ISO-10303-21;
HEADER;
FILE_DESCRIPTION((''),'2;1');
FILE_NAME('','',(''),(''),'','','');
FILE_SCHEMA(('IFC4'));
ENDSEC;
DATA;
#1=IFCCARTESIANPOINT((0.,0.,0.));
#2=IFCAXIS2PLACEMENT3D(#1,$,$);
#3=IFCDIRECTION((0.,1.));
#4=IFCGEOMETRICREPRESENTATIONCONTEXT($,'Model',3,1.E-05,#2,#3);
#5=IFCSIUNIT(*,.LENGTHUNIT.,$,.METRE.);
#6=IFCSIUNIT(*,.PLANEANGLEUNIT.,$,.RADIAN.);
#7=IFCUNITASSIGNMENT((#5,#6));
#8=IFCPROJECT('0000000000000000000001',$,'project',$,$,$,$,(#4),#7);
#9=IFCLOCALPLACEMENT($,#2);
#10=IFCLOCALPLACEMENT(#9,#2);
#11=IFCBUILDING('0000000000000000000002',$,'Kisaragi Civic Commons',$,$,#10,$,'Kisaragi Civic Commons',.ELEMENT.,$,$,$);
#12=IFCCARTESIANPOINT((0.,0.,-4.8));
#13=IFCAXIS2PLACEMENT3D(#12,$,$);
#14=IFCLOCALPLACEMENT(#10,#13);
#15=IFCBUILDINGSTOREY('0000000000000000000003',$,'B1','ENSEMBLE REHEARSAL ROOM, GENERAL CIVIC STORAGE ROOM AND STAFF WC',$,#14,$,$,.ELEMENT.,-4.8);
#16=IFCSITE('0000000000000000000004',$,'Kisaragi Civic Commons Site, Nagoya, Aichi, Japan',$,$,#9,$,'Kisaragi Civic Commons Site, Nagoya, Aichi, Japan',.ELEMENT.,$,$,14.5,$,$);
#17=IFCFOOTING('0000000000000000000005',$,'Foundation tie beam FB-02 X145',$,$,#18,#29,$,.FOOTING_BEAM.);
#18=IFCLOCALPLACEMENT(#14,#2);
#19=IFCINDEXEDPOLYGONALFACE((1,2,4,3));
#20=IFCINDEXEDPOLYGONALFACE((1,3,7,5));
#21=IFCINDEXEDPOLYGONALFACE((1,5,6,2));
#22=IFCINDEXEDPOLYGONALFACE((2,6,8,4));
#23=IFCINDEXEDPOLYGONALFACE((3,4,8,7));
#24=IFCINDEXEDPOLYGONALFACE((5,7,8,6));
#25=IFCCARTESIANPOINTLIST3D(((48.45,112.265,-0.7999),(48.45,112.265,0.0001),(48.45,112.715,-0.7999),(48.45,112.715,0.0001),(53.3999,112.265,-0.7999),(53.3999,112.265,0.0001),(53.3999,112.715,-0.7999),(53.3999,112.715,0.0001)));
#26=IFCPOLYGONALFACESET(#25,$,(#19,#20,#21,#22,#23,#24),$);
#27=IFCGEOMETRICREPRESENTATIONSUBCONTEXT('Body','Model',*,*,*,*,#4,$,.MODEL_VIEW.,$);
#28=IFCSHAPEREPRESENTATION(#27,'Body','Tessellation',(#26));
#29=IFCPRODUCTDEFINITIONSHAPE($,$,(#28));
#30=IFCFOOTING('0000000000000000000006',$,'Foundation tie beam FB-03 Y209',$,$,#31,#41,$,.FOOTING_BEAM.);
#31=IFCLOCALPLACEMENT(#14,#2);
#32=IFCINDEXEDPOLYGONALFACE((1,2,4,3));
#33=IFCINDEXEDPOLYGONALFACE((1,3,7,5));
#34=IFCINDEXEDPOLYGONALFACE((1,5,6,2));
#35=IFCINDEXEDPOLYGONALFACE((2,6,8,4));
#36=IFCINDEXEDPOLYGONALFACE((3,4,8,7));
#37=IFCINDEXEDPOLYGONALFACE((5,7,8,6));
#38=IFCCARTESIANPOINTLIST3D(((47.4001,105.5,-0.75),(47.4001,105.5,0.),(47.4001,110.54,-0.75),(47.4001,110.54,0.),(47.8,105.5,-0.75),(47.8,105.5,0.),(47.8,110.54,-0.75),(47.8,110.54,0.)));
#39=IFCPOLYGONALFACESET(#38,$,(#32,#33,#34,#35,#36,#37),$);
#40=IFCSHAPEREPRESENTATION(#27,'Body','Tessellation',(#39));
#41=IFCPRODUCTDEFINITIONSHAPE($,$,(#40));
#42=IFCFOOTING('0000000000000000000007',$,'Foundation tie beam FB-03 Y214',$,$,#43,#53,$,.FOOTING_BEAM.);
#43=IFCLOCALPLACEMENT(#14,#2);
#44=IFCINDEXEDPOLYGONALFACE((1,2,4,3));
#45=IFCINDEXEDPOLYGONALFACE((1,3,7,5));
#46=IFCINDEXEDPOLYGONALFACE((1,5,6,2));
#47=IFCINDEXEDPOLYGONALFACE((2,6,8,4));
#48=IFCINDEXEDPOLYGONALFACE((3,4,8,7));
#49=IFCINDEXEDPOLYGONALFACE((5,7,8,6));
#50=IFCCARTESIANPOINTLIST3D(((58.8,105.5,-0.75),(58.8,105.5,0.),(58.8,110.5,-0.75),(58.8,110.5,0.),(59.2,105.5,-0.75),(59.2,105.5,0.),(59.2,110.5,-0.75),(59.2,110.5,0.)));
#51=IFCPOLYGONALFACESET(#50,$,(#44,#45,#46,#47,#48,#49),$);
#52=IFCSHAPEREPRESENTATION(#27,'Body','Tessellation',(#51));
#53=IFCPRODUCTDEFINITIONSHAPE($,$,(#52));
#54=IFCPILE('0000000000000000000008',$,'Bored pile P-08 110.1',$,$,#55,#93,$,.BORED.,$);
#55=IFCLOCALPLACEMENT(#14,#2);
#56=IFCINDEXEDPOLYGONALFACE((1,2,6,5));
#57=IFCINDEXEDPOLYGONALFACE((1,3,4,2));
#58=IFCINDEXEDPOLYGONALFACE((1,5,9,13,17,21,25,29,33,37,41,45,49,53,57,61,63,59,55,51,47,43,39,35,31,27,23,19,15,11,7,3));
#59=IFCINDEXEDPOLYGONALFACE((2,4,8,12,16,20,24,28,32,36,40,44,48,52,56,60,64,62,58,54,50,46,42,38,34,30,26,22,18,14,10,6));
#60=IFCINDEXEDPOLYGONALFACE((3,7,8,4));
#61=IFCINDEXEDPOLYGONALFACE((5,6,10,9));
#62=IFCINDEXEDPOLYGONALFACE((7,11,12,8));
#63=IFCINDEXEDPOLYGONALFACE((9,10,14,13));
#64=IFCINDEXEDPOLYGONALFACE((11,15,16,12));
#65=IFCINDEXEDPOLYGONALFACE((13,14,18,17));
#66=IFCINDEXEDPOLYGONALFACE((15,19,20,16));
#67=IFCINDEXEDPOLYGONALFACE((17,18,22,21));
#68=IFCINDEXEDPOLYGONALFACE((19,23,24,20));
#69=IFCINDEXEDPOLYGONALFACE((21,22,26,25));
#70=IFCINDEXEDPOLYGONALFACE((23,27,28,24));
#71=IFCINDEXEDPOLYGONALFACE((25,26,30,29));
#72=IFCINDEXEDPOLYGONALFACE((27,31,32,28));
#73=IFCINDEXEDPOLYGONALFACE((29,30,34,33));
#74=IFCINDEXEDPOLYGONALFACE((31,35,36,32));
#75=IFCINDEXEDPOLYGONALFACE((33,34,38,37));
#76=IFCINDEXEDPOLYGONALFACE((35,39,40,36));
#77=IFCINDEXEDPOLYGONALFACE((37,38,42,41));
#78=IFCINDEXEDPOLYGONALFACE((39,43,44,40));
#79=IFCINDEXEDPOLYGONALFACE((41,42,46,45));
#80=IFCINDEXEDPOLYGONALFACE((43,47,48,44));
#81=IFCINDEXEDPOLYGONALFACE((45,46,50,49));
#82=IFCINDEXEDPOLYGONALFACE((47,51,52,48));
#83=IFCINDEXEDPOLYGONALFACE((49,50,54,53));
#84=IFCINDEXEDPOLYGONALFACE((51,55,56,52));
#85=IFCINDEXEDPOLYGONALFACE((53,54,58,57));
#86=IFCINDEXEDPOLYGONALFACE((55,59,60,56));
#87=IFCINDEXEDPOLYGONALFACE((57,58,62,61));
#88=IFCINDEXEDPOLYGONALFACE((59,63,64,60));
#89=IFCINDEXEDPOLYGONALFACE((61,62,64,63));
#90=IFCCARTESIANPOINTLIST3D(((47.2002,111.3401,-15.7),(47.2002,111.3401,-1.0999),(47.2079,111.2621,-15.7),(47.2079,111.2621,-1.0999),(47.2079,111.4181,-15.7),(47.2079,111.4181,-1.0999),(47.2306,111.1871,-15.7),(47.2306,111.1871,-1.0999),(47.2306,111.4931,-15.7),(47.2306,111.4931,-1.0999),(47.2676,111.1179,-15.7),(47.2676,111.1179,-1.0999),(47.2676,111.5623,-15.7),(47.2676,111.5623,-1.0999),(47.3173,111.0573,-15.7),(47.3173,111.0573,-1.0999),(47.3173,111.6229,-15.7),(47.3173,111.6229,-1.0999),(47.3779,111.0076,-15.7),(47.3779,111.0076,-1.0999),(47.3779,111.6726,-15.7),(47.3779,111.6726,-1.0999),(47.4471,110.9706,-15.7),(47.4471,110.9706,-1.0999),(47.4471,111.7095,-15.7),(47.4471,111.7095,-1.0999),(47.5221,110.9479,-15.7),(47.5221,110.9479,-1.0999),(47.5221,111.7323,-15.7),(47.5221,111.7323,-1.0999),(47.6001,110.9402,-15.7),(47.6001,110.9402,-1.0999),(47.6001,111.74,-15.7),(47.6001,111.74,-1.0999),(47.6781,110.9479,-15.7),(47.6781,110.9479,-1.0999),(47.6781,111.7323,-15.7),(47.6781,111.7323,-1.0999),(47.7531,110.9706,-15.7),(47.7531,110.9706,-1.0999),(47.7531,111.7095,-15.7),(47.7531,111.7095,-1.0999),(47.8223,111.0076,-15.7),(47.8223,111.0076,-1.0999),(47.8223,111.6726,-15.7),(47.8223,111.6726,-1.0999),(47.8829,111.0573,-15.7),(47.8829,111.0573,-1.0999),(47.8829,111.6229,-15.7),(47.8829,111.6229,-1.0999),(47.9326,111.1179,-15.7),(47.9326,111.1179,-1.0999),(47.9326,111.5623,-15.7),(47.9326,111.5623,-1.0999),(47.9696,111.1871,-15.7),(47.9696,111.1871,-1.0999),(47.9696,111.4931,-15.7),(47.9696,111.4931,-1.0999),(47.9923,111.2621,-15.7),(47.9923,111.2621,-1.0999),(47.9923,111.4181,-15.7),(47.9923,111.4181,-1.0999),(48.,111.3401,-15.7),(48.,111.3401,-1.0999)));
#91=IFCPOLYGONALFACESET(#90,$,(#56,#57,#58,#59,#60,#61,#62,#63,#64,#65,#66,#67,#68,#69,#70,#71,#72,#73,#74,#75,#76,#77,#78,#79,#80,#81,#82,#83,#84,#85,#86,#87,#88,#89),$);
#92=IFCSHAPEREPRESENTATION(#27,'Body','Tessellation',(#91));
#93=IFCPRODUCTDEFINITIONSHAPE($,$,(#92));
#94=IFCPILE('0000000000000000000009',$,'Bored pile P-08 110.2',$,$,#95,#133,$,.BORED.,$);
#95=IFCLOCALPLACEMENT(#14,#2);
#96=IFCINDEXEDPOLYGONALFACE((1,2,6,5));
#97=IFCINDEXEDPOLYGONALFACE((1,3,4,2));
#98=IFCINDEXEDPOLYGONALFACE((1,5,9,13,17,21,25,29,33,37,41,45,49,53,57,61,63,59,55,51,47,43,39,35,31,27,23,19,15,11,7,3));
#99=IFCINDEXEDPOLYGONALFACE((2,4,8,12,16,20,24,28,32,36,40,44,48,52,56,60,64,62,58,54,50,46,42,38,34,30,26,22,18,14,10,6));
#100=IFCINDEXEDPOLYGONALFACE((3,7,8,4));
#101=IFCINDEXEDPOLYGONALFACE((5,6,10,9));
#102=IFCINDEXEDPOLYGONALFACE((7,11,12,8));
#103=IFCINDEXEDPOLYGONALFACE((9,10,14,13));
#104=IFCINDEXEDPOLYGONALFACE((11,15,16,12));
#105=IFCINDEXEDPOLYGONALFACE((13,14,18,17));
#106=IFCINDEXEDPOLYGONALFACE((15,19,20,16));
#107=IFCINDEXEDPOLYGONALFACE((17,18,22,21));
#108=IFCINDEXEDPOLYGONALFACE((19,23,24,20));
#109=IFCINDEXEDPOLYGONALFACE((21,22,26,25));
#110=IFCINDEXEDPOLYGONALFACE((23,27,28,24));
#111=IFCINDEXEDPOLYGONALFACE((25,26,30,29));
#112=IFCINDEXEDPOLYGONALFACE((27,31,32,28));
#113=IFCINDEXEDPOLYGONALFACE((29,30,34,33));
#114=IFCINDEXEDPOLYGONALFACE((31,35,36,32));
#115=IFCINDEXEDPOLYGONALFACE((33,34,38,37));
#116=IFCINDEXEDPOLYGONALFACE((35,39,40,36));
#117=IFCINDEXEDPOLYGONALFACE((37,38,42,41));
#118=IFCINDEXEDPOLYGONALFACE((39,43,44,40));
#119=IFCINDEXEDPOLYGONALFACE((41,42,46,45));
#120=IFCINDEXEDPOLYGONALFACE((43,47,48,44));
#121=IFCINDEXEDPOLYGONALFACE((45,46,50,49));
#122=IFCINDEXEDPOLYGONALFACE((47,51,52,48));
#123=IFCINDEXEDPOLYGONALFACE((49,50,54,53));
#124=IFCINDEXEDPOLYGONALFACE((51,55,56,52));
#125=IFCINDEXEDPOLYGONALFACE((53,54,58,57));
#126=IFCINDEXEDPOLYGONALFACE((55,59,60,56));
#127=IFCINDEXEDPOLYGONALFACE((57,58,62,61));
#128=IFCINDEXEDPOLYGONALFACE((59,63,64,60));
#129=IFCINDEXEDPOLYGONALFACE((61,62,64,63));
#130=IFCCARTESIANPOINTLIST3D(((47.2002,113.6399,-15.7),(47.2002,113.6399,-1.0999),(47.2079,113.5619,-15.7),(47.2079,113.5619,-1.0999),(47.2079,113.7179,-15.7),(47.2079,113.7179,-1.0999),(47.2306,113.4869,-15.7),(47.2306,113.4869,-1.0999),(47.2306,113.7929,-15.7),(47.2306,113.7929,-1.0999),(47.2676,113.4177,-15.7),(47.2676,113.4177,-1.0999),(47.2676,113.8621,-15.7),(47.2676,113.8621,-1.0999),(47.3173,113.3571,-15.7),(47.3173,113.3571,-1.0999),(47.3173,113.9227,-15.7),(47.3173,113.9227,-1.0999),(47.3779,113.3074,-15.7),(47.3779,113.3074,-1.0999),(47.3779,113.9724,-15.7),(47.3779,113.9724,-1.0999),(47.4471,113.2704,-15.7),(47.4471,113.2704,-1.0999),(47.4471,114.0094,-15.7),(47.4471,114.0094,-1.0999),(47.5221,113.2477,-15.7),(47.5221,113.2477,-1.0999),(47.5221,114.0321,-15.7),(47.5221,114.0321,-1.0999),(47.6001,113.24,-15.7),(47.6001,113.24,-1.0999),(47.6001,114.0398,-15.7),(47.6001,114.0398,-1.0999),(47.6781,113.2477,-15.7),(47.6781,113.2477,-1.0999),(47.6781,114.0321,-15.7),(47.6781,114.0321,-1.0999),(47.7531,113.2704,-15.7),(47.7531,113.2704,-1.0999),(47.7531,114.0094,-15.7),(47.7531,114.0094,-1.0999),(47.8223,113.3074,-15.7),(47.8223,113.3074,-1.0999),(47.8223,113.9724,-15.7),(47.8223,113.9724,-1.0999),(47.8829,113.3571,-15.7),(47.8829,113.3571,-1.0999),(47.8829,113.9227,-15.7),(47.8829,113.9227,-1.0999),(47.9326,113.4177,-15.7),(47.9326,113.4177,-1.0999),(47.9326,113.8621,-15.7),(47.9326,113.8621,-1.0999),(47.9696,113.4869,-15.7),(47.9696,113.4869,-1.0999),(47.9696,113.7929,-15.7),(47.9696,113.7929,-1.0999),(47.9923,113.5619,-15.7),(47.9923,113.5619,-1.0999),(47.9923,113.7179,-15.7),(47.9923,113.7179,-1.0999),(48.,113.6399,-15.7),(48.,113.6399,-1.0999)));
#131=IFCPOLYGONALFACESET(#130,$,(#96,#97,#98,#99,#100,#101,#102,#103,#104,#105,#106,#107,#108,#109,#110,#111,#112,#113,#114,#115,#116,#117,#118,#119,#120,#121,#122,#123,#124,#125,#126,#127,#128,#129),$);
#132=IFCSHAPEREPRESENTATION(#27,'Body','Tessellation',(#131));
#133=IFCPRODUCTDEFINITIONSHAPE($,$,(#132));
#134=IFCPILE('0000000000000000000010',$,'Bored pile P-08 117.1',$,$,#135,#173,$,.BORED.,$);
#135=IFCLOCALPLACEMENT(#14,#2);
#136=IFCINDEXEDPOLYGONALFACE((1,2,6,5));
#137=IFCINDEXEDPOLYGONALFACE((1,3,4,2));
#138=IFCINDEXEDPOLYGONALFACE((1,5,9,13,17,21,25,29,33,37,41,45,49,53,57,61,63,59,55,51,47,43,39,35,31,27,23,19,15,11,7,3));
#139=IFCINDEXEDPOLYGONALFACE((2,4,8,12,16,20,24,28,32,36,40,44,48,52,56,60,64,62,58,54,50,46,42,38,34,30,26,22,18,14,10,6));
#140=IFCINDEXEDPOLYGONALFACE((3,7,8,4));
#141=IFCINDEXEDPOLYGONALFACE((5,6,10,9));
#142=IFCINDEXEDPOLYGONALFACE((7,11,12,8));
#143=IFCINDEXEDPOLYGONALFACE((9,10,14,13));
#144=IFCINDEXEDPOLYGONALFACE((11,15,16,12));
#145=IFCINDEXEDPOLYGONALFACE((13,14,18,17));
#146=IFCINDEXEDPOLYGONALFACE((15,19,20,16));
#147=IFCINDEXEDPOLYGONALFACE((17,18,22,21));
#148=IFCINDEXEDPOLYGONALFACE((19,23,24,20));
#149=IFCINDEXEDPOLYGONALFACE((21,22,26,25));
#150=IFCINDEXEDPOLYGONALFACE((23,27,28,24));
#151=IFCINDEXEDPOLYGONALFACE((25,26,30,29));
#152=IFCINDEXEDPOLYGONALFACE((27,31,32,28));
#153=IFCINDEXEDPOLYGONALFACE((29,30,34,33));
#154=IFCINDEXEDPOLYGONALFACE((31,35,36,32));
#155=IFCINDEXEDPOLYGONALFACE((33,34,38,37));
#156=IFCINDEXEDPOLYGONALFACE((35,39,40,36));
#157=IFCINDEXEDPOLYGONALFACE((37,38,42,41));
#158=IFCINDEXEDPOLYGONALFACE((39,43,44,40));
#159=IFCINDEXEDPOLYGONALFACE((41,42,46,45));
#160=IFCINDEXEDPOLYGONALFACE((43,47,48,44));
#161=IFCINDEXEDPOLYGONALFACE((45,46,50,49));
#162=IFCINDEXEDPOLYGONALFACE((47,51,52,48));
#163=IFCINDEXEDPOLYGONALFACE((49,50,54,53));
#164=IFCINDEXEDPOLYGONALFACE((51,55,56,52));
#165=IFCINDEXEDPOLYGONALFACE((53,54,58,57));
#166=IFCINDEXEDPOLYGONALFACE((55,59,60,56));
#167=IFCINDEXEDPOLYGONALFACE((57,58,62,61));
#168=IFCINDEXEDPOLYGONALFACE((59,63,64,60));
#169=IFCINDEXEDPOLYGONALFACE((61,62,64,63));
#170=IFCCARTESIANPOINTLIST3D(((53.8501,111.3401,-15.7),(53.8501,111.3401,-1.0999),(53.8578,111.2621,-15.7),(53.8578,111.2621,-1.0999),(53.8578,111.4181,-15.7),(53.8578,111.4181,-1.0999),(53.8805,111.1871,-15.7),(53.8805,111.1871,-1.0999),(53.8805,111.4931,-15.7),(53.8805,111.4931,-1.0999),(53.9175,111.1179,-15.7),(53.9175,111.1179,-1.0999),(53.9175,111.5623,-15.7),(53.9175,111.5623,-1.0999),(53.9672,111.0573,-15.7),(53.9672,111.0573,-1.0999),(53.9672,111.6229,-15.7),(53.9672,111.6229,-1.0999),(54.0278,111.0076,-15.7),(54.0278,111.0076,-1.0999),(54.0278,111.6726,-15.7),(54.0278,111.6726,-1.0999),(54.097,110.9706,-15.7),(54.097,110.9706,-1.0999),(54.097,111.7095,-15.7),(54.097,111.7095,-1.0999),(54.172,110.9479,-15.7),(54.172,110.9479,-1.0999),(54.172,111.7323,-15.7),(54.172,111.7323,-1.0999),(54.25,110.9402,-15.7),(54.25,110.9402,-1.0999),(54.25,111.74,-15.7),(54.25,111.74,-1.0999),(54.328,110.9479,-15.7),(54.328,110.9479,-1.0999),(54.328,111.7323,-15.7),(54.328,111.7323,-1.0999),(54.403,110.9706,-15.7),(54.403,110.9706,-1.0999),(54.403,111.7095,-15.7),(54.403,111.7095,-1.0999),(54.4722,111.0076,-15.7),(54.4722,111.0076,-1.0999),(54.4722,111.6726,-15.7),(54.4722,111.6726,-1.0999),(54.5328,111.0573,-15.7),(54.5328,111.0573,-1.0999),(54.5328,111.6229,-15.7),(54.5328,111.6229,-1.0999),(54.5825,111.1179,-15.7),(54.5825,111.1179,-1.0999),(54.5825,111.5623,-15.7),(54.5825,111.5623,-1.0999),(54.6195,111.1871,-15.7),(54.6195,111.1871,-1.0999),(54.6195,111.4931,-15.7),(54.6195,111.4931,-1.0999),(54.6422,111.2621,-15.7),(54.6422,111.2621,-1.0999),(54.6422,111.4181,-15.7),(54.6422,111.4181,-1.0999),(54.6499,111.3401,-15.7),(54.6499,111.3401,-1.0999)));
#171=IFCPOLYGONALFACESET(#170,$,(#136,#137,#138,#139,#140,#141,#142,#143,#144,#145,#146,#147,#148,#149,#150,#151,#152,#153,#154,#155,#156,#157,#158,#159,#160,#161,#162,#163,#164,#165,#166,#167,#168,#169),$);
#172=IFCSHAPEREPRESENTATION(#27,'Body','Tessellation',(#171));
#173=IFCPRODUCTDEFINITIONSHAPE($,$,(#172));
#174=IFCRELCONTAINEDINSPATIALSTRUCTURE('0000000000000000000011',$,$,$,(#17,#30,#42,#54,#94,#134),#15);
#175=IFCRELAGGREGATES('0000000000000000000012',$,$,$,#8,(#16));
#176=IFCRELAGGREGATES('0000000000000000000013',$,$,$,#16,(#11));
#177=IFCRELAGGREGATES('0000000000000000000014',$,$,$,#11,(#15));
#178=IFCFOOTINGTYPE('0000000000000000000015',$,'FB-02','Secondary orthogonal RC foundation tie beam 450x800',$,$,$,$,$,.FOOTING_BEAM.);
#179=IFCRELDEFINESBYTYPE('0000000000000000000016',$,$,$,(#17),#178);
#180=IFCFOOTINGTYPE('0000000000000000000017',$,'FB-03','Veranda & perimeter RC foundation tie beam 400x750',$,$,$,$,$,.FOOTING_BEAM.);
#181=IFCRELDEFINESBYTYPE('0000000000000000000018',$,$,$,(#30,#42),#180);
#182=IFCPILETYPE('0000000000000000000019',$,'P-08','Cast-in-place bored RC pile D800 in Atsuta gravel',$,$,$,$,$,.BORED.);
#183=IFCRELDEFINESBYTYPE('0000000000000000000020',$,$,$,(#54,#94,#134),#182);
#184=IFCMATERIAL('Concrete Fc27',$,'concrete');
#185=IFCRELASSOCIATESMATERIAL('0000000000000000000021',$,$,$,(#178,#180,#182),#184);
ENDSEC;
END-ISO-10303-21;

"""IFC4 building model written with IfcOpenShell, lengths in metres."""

from ifc_helpers import new_model, si_unit, direction, frame, origin, origin_2d, place, context, subcontext, project, spatial, rectangle, circle, extrude, material, material_profile, profile_set, type_object, element, save


model = new_model("IFC4")

# Units and contexts
model_context = context("Model", 3, precision=1e-05, world=origin(), true_north=direction((0.0, 1.0)))
body_context = subcontext(model_context, "Body", "Model", "MODEL_VIEW")
ifc_project = project(units=[si_unit("LENGTHUNIT", "METRE"), si_unit("PLANEANGLEUNIT", "RADIAN")], contexts=[model_context])

# Site, building, storey
site_placement = place(None, origin())
site = spatial("IfcSite", under=ifc_project, at=site_placement, Name="Kisaragi Civic Commons Site, Nagoya, Aichi, Japan", LongName="Kisaragi Civic Commons Site, Nagoya, Aichi, Japan", CompositionType="ELEMENT", RefElevation=14.5)
building_placement = place(site_placement, origin())
building = spatial("IfcBuilding", under=site, at=building_placement, Name="Kisaragi Civic Commons", LongName="Kisaragi Civic Commons", CompositionType="ELEMENT")
storey_placement = place(building_placement, frame((0.0, 0.0, -4.8)))
storey = spatial("IfcBuildingStorey", under=building, at=storey_placement, Name="B1", Description="ENSEMBLE REHEARSAL ROOM, GENERAL CIVIC STORAGE ROOM AND STAFF WC", CompositionType="ELEMENT", Elevation=-4.8)

# Footings
ifc_material_1 = material(Name="Concrete Fc27", Category="concrete")
ifc_material_profile_1 = material_profile(ifc_material_1, rectangle(XDim=0.45, YDim=0.8, at=origin_2d()), Name="RC-450x800", Category="concrete")
ifc_profile_set_1 = profile_set([ifc_material_profile_1], Name="Concrete Fc27")
footing_type_1 = type_object("IfcFootingType", Name="FB-02", Description="Secondary orthogonal RC foundation tie beam 450x800", PredefinedType="FOOTING_BEAM", material=ifc_profile_set_1)
footing_1_placement = place(storey_placement, frame((48.45, 112.49, -0.3999), z_axis=(1.0, 0.0, 0.0), x_axis=(0.0, 1.0, 0.0)))
element("IfcFooting", 1, at=footing_1_placement, inside=storey, type_object=footing_type_1, Name="Foundation tie beam FB-02 X145", PredefinedType="FOOTING_BEAM", context=body_context, shape_type="SweptSolid", body=[
    extrude(rectangle(XDim=0.45, YDim=0.8, at=origin_2d()), origin(), (0.0, 0.0, 1.0), 4.95),
])
ifc_material_profile_2 = material_profile(ifc_material_1, rectangle(XDim=0.3999, YDim=0.75, at=origin_2d()), Name="RC-400x750", Category="concrete")
ifc_profile_set_2 = profile_set([ifc_material_profile_2], Name="Concrete Fc27")
footing_type_2 = type_object("IfcFootingType", Name="FB-03", Description="Veranda & perimeter RC foundation tie beam 400x750", PredefinedType="FOOTING_BEAM", material=ifc_profile_set_2)
footing_2_placement = place(storey_placement, frame((47.6001, 105.5, -0.375), z_axis=(0.0, 1.0, 0.0), x_axis=(-1.0, 0.0, 0.0)))
element("IfcFooting", 2, at=footing_2_placement, inside=storey, type_object=footing_type_2, Name="Foundation tie beam FB-03 Y209", PredefinedType="FOOTING_BEAM", context=body_context, shape_type="SweptSolid", body=[
    extrude(rectangle(XDim=0.3999, YDim=0.75, at=origin_2d()), origin(), (0.0, 0.0, 1.0), 5.04),
])
footing_3_placement = place(storey_placement, frame((59.0, 105.5, -0.375), z_axis=(0.0, 1.0, 0.0), x_axis=(-1.0, 0.0, 0.0)))
element("IfcFooting", 3, at=footing_3_placement, inside=storey, type_object=footing_type_2, Name="Foundation tie beam FB-03 Y214", PredefinedType="FOOTING_BEAM", context=body_context, shape_type="SweptSolid", body=[
    extrude(rectangle(XDim=0.3999, YDim=0.75, at=origin_2d()), origin(), (0.0, 0.0, 1.0), 5.0),
])

# Piles
ifc_material_profile_3 = material_profile(ifc_material_1, circle(Radius=0.3999, at=origin_2d()), Name="PILE-D800", Category="concrete")
ifc_profile_set_3 = profile_set([ifc_material_profile_3], Name="Concrete Fc27")
pile_type = type_object("IfcPileType", Name="P-08", Description="Cast-in-place bored RC pile D800 in Atsuta gravel", PredefinedType="BORED", material=ifc_profile_set_3)
for number, where, z_axis, x_axis, name in (
    (4, (47.6001, 111.3401, -1.0999), (0.0, 0.0, -1.0), (1.0, 0.0, 0.0), "Bored pile P-08 110.1"),
    (5, (47.6001, 113.6399, -1.0999), (0.0, 0.0, -1.0), (1.0, 0.0, 0.0), "Bored pile P-08 110.2"),
    (6, (54.25, 111.3401, -1.0999), (0.0, 0.0, -1.0), (1.0, 0.0, 0.0), "Bored pile P-08 117.1"),
):
    element("IfcPile", number, at=place(storey_placement, frame(where, z_axis=z_axis, x_axis=x_axis)), inside=storey, type_object=pile_type, Name=name, PredefinedType="BORED", context=body_context, shape_type="SweptSolid", body=[
        extrude(circle(Radius=0.3999, at=origin_2d()), origin(), (0.0, 0.0, 1.0), 14.6001),
    ])

save(model, "model.ifc")
